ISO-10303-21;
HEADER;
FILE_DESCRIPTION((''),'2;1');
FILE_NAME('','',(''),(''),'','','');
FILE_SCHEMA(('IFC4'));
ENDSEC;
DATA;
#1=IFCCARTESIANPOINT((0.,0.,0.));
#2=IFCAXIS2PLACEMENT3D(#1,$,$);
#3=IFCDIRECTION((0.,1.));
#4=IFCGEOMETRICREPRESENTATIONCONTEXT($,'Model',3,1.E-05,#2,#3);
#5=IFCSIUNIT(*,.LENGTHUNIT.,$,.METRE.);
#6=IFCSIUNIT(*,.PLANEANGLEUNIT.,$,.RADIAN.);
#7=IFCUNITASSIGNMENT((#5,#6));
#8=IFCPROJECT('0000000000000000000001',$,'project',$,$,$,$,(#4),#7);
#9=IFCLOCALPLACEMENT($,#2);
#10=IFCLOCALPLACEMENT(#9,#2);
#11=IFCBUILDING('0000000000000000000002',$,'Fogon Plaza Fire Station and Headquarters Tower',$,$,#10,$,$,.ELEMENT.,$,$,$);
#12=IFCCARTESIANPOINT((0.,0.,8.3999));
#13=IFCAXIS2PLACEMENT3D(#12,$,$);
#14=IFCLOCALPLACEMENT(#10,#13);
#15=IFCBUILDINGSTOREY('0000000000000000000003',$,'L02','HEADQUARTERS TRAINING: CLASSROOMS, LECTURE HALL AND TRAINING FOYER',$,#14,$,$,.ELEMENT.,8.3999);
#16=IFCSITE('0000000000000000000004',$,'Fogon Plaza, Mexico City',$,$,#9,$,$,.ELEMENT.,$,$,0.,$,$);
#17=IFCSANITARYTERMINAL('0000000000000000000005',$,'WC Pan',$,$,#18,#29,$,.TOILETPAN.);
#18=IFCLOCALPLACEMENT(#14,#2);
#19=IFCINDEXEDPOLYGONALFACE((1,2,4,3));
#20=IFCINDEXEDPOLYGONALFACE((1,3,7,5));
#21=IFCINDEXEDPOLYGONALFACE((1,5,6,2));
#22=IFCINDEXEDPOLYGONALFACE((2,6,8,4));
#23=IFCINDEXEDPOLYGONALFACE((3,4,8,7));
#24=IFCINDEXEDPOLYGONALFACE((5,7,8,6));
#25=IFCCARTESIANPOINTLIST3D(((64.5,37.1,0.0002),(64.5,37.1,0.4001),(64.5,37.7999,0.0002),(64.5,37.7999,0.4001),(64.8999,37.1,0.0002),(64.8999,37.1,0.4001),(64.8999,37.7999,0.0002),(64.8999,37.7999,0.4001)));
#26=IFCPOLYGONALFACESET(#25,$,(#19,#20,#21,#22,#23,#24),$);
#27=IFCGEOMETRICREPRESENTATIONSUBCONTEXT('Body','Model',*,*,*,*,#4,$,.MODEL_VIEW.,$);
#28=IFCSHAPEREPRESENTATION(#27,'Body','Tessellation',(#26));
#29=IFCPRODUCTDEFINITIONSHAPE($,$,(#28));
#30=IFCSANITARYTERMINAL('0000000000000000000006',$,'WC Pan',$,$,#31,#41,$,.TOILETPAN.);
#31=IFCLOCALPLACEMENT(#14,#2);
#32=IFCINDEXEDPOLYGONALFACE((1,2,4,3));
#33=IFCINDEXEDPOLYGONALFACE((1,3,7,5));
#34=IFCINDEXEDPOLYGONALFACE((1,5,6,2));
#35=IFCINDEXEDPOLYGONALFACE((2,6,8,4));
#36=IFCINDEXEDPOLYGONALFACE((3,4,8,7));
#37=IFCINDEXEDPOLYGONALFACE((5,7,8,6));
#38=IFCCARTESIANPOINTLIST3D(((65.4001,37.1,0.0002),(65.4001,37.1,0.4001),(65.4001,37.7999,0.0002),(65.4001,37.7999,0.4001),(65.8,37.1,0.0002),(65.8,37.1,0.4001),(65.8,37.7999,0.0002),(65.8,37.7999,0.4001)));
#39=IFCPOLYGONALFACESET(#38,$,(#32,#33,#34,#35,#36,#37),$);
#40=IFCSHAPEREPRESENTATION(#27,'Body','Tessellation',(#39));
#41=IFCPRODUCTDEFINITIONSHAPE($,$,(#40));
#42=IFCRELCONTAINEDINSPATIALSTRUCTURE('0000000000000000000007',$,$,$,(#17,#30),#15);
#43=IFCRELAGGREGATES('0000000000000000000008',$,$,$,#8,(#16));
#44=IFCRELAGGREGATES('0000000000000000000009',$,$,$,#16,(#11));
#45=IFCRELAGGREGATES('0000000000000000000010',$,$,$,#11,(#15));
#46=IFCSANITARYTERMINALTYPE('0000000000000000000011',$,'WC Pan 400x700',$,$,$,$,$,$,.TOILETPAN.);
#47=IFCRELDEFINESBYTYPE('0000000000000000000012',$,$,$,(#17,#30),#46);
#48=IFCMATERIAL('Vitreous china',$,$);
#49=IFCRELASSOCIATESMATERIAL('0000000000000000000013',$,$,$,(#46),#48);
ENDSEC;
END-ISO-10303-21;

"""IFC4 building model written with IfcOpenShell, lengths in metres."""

from ifc_helpers import new_model, si_unit, direction, frame, origin, origin_2d, place, context, subcontext, project, spatial, rectangle, extrude, material, type_object, element, save


model = new_model("IFC4")

# Units and contexts
model_context = context("Model", 3, precision=1e-05, world=origin(), true_north=direction((0.0, 1.0)))
body_context = subcontext(model_context, "Body", "Model", "MODEL_VIEW")
ifc_project = project(units=[si_unit("LENGTHUNIT", "METRE"), si_unit("PLANEANGLEUNIT", "RADIAN")], contexts=[model_context])

# Site, building, storey
site_placement = place(None, origin())
site = spatial("IfcSite", under=ifc_project, at=site_placement, Name="Fogon Plaza, Mexico City", CompositionType="ELEMENT", RefElevation=0.0)
building_placement = place(site_placement, origin())
building = spatial("IfcBuilding", under=site, at=building_placement, Name="Fogon Plaza Fire Station and Headquarters Tower", CompositionType="ELEMENT")
storey_placement = place(building_placement, frame((0.0, 0.0, 8.3999)))
storey = spatial("IfcBuildingStorey", under=building, at=storey_placement, Name="L02", Description="HEADQUARTERS TRAINING: CLASSROOMS, LECTURE HALL AND TRAINING FOYER", CompositionType="ELEMENT", Elevation=8.3999)

# Sanitary terminals
ifc_material_1 = material(Name="Vitreous china")
sanitary_terminal_type_1 = type_object("IfcSanitaryTerminalType", Name="WC Pan 400x700", PredefinedType="TOILETPAN", material=ifc_material_1)
for number, where, z_axis, x_axis, name in (
    (1, (64.7, 37.45, 0.0002), (0.0, 0.0, 1.0), (1.0, 0.0, 0.0), "WC Pan"),
    (2, (65.6001, 37.45, 0.0002), (0.0, 0.0, 1.0), (1.0, 0.0, 0.0), "WC Pan"),
):
    element("IfcSanitaryTerminal", number, at=place(storey_placement, frame(where, z_axis=z_axis, x_axis=x_axis)), inside=storey, type_object=sanitary_terminal_type_1, Name=name, PredefinedType="TOILETPAN", context=body_context, shape_type="SweptSolid", body=[
        extrude(rectangle(XDim=0.3999, YDim=0.7, at=origin_2d()), origin(), (0.0, 0.0, 1.0), 0.3999),
    ])

save(model, "model.ifc")
